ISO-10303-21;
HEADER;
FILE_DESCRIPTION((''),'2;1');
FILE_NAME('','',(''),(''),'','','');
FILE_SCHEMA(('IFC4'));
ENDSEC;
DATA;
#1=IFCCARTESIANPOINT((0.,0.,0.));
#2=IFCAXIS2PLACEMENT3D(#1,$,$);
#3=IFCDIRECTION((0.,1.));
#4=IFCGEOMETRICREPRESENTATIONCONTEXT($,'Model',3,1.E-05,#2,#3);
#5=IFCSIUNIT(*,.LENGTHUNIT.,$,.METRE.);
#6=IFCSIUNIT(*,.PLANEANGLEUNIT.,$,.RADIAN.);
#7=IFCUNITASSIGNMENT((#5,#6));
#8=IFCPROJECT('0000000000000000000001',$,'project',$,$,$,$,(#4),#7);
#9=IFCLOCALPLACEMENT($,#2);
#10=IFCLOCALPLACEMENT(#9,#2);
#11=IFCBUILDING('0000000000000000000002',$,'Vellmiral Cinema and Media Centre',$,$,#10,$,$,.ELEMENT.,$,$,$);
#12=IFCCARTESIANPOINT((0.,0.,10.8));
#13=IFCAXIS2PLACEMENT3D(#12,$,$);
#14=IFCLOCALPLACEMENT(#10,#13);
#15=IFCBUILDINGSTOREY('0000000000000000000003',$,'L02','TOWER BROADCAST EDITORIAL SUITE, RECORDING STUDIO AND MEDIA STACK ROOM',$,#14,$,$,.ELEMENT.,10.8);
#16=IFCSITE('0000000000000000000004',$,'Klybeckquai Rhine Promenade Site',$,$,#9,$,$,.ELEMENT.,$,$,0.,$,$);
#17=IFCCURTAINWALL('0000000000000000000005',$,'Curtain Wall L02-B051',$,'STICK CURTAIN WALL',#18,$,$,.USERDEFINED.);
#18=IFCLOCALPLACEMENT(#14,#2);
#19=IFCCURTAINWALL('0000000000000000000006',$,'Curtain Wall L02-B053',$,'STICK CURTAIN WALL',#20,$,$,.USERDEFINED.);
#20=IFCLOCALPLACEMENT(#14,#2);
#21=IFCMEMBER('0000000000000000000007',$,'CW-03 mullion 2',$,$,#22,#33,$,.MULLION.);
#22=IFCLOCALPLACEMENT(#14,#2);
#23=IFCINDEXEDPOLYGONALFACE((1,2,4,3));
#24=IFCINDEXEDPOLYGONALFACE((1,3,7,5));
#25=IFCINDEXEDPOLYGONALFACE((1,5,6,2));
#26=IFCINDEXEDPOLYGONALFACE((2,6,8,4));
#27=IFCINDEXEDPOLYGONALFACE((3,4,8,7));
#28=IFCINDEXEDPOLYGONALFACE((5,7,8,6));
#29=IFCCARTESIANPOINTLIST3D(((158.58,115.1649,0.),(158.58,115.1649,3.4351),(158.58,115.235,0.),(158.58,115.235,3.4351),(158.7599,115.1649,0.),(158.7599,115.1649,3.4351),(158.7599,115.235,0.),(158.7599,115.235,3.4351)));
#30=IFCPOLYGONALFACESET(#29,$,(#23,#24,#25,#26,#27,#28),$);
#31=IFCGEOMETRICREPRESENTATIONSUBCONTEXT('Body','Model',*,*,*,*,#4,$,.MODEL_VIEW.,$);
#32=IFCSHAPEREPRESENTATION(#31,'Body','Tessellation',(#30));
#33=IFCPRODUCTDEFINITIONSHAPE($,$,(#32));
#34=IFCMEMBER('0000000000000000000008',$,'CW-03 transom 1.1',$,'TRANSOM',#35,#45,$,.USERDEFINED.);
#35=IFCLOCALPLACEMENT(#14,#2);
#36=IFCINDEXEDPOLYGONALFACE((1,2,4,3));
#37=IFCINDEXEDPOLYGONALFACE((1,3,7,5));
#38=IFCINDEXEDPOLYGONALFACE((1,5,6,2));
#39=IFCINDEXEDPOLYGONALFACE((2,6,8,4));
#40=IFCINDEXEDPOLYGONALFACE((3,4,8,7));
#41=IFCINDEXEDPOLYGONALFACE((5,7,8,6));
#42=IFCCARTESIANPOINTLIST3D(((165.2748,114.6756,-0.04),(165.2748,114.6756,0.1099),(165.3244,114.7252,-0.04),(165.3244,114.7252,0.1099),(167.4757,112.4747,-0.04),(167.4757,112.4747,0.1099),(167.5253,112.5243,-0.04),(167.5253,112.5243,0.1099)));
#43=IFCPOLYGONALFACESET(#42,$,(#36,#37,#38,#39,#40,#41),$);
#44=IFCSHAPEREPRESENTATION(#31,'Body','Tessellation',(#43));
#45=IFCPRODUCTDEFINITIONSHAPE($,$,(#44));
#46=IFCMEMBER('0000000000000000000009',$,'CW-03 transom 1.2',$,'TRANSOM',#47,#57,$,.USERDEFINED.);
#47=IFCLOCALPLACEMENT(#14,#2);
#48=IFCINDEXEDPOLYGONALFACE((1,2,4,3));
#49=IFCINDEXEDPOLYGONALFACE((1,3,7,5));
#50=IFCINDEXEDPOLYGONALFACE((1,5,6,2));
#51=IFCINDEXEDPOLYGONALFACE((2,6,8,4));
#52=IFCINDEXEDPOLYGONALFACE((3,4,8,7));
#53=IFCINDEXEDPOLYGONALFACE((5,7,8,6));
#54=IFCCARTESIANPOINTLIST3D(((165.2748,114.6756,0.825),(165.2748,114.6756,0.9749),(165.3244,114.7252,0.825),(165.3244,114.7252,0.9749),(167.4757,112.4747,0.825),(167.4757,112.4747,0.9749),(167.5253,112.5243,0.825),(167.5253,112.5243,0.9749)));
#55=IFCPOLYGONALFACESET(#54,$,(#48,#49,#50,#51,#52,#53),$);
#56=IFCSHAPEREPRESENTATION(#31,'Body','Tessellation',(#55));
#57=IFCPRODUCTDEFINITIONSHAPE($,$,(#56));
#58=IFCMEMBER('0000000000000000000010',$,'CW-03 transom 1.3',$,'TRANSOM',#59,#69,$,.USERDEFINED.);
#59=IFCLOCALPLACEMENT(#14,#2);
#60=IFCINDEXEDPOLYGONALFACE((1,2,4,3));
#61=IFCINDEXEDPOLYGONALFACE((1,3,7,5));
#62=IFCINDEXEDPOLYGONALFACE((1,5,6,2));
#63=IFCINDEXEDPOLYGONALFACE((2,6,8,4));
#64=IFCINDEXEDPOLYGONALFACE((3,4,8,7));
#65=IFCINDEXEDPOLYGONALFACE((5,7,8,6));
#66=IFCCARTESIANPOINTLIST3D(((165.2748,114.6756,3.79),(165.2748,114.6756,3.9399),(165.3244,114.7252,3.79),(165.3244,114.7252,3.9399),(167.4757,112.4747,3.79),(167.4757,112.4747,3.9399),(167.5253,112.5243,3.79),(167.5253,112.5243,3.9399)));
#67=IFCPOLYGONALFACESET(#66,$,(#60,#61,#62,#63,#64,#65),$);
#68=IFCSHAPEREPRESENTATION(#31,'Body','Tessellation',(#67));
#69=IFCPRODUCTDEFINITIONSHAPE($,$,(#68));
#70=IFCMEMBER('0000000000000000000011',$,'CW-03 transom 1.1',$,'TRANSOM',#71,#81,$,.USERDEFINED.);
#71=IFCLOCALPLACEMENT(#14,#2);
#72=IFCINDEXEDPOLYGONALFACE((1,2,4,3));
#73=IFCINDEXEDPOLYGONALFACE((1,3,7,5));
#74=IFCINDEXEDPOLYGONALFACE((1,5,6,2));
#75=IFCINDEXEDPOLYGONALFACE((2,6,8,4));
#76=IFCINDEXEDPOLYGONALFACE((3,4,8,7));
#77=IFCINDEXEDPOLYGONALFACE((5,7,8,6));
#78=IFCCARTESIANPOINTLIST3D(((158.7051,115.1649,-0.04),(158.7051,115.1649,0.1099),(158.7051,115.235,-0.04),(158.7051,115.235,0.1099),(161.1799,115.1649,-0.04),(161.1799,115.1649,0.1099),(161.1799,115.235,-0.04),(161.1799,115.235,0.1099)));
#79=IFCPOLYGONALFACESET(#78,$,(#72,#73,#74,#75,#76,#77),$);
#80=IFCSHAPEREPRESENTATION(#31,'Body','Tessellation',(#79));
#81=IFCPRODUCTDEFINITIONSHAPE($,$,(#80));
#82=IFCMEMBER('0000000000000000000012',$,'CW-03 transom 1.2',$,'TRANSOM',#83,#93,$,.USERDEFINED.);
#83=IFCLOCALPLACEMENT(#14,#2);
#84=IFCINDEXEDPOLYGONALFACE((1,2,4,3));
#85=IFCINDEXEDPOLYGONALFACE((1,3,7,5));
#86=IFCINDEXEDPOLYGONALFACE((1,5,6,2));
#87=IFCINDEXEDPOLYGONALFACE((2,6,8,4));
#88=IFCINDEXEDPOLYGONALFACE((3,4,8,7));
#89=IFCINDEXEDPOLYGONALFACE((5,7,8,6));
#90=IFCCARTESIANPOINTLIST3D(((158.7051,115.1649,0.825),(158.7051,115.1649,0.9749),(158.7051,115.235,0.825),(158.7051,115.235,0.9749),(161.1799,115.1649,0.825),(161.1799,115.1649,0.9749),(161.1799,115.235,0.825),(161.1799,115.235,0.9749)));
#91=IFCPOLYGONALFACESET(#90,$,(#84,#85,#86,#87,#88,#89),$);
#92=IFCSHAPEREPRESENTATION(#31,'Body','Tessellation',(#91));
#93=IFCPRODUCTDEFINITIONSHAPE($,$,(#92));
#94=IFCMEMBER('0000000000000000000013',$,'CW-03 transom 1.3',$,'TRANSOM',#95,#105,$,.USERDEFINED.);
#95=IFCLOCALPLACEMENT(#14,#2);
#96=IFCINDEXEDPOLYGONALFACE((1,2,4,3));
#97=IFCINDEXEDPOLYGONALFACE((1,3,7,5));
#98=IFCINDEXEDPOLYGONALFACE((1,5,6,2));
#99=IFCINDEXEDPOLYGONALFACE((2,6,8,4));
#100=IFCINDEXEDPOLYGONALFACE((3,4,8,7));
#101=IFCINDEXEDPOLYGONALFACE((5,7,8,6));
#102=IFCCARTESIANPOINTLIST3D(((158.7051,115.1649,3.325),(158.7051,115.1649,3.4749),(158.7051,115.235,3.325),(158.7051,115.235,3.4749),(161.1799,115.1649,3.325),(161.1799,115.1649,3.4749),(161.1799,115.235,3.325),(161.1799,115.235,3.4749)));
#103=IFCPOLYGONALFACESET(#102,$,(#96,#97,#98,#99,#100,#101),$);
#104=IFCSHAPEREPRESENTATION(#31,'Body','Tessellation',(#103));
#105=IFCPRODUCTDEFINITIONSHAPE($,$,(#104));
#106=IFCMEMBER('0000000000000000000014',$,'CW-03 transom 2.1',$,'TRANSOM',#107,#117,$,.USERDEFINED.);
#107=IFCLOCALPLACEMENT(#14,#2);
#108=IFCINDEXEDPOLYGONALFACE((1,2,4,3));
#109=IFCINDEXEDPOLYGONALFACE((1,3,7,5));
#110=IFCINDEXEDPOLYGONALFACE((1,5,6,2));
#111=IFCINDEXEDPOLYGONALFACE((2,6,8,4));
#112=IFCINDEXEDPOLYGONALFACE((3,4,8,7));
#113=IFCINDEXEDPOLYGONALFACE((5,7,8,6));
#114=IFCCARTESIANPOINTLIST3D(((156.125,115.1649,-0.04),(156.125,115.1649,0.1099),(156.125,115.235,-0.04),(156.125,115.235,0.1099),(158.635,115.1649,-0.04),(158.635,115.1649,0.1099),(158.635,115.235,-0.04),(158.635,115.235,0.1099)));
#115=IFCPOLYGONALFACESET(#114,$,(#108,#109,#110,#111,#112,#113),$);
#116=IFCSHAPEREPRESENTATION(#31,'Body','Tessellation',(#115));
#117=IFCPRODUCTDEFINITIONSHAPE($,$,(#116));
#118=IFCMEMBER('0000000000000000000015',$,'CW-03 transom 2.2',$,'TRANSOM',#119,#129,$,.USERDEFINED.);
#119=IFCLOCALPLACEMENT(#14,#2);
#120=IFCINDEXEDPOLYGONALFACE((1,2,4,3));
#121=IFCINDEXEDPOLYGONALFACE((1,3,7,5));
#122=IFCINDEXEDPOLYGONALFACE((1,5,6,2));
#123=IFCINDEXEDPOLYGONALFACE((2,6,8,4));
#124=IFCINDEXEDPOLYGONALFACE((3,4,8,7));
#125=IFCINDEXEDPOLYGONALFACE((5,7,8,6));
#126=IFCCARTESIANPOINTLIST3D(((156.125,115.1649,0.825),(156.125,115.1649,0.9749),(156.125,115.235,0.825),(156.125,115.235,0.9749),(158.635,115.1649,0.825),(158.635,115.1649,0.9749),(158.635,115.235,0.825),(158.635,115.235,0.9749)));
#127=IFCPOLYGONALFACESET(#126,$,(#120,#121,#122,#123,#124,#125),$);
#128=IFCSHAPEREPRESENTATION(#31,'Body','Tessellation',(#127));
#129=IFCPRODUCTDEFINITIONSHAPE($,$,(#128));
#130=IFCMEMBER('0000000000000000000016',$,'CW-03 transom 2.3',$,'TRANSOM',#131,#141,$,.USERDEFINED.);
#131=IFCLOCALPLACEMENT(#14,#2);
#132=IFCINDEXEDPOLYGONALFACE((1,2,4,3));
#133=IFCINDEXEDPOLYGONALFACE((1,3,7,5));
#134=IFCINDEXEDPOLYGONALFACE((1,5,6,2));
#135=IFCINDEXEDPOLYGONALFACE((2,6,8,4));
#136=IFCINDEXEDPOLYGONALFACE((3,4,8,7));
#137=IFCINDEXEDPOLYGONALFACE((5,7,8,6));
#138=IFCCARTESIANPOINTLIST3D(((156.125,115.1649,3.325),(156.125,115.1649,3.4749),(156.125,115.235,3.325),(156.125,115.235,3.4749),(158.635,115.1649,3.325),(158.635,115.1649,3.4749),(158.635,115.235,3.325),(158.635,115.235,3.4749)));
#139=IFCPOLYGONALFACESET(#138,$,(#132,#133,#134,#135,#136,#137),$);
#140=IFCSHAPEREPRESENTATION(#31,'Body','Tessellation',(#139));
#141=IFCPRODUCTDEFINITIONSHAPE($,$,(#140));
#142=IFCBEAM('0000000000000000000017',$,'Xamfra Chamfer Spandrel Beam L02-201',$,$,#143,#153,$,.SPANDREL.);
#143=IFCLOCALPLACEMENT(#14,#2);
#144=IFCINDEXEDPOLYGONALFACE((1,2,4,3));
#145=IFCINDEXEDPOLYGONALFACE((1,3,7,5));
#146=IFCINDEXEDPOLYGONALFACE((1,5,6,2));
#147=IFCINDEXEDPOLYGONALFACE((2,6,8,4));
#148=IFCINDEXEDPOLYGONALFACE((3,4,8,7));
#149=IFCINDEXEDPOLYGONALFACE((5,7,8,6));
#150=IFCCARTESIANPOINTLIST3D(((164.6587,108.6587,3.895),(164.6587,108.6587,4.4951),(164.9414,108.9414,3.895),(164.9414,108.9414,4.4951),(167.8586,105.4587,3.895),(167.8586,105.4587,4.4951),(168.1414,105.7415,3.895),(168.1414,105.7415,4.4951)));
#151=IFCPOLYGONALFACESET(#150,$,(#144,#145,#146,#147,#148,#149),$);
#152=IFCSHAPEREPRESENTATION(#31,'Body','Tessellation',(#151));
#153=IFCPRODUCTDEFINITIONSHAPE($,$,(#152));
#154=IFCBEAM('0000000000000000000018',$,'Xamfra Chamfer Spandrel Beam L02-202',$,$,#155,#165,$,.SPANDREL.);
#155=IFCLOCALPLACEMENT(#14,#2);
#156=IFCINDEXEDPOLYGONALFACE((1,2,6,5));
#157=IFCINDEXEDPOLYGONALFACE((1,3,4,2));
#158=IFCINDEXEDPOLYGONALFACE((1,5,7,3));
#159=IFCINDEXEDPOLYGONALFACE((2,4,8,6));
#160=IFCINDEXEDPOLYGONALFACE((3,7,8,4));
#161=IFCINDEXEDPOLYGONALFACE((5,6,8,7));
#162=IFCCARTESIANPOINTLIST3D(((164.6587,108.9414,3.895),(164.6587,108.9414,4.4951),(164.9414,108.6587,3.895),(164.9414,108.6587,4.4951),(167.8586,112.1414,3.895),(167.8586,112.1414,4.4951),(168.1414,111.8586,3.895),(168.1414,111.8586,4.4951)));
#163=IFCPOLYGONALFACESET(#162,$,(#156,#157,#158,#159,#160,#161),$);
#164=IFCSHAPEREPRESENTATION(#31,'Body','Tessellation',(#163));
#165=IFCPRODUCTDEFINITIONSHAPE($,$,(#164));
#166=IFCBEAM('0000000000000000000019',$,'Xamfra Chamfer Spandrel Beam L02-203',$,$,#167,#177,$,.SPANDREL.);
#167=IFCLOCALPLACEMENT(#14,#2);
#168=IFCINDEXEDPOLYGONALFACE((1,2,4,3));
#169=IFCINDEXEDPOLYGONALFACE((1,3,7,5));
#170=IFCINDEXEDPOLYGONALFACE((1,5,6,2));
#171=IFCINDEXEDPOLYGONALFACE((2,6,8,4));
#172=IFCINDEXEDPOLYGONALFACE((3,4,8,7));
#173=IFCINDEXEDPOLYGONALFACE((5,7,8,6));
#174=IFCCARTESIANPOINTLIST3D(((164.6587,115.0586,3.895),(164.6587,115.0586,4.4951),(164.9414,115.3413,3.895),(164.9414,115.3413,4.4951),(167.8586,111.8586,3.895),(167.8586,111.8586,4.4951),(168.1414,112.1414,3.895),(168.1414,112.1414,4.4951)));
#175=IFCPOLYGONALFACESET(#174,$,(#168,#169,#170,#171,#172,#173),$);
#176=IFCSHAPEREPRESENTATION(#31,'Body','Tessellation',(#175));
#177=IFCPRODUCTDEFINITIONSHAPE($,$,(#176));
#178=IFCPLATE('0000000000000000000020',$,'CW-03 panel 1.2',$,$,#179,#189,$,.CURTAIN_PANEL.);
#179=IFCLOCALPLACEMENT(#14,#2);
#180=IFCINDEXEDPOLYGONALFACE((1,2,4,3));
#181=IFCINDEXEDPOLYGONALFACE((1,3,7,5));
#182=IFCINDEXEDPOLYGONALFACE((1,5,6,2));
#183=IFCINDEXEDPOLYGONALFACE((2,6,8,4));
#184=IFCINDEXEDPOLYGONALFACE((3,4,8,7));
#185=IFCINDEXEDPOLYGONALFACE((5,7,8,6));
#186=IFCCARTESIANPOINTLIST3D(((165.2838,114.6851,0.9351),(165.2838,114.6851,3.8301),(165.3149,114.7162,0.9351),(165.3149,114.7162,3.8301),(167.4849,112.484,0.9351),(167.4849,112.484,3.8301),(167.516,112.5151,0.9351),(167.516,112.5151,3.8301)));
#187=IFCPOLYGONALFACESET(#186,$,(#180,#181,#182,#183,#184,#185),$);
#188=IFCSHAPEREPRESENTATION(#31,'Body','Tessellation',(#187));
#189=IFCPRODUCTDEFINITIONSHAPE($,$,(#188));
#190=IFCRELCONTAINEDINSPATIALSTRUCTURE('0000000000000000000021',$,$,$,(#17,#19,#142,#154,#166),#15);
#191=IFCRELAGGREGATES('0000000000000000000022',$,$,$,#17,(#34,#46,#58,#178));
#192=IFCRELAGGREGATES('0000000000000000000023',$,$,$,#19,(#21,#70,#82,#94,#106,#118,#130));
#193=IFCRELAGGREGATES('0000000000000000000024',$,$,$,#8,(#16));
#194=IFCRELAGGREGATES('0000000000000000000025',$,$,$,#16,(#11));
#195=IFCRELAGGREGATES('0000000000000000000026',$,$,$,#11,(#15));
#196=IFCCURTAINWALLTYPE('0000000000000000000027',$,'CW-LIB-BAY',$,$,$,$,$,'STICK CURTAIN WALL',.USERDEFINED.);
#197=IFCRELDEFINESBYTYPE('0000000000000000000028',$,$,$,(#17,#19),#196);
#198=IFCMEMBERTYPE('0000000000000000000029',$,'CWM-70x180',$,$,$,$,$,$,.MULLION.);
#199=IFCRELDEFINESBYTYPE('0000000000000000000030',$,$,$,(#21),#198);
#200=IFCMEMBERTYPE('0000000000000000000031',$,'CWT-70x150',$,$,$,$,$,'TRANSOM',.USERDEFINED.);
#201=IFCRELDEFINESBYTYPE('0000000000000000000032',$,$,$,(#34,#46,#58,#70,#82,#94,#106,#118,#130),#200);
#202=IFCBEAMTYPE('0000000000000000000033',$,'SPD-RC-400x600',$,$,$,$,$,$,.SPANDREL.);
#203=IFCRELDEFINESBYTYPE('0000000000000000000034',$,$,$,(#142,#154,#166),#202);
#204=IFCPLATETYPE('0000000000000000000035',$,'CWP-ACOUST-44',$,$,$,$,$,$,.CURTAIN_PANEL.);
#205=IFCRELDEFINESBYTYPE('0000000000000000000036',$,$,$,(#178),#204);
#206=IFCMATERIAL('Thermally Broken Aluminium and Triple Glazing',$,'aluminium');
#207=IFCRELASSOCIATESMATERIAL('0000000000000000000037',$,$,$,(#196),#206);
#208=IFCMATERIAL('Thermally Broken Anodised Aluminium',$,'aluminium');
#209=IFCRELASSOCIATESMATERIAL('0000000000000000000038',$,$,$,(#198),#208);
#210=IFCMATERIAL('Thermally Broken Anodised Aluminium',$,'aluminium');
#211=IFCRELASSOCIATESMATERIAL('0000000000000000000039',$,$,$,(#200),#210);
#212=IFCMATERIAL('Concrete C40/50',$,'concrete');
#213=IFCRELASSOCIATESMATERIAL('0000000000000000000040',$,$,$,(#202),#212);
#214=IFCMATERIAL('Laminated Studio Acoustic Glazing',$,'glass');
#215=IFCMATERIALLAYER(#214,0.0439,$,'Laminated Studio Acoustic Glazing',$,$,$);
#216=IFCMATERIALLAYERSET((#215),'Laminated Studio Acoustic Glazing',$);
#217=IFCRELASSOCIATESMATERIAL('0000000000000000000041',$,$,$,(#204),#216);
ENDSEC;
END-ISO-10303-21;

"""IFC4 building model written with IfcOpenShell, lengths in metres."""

from ifc_helpers import new_model, si_unit, direction, frame, origin, origin_2d, place, context, subcontext, project, spatial, rectangle, extrude, material, layer, layer_set, material_profile, profile_set, type_object, element, aggregate, save


model = new_model("IFC4")

# Units and contexts
model_context = context("Model", 3, precision=1e-05, world=origin(), true_north=direction((0.0, 1.0)))
body_context = subcontext(model_context, "Body", "Model", "MODEL_VIEW")
ifc_project = project(units=[si_unit("LENGTHUNIT", "METRE"), si_unit("PLANEANGLEUNIT", "RADIAN")], contexts=[model_context])

# Site, building, storey
site_placement = place(None, origin())
site = spatial("IfcSite", under=ifc_project, at=site_placement, Name="Klybeckquai Rhine Promenade Site", CompositionType="ELEMENT", RefElevation=0.0)
building_placement = place(site_placement, origin())
building = spatial("IfcBuilding", under=site, at=building_placement, Name="Vellmiral Cinema and Media Centre", CompositionType="ELEMENT")
storey_placement = place(building_placement, frame((0.0, 0.0, 10.8)))
storey = spatial("IfcBuildingStorey", under=building, at=storey_placement, Name="L02", Description="TOWER BROADCAST EDITORIAL SUITE, RECORDING STUDIO AND MEDIA STACK ROOM", CompositionType="ELEMENT", Elevation=10.8)

# Curtain walls, member
ifc_material_1 = material(Name="Thermally Broken Aluminium and Triple Glazing", Category="aluminium")
curtain_wall_type = type_object("IfcCurtainWallType", Name="CW-LIB-BAY", ElementType="STICK CURTAIN WALL", PredefinedType="USERDEFINED", material=ifc_material_1)
curtain_wall_1_placement = place(storey_placement, origin())
curtain_wall_1 = element("IfcCurtainWall", 1, at=curtain_wall_1_placement, inside=storey, type_object=curtain_wall_type, Name="Curtain Wall L02-B051", ObjectType="STICK CURTAIN WALL", PredefinedType="USERDEFINED")
ifc_material_2 = material(Name="Thermally Broken Anodised Aluminium", Category="aluminium")
ifc_material_profile_1 = material_profile(ifc_material_2, rectangle(XDim=0.0701, YDim=0.1799, at=origin_2d()), Name="MULL 70x180")
ifc_profile_set_1 = profile_set([ifc_material_profile_1], Name="Thermally Broken Anodised Aluminium")
member_type_1 = type_object("IfcMemberType", Name="CWM-70x180", PredefinedType="MULLION", material=ifc_profile_set_1)
curtain_wall_2_placement = place(storey_placement, origin())
curtain_wall_2 = element("IfcCurtainWall", 2, at=curtain_wall_2_placement, inside=storey, type_object=curtain_wall_type, Name="Curtain Wall L02-B053", ObjectType="STICK CURTAIN WALL", PredefinedType="USERDEFINED")
member_1_placement = place(storey_placement, frame((158.6699, 115.2, 0.0), z_axis=(0.0, 0.0, 1.0), x_axis=(0.0, -1.0, 0.0)))
member_1 = element("IfcMember", 3, at=member_1_placement, type_object=member_type_1, Name="CW-03 mullion 2", PredefinedType="MULLION", context=body_context, shape_type="SweptSolid", body=[
    extrude(rectangle(XDim=0.0701, YDim=0.1799, at=origin_2d()), origin(), (0.0, 0.0, 1.0), 3.4351),
])

# Members
ifc_material_3 = material(Name="Thermally Broken Anodised Aluminium", Category="aluminium")
ifc_material_profile_2 = material_profile(ifc_material_3, rectangle(XDim=0.0701, YDim=0.1499, at=origin_2d()), Name="MULL 70x150")
ifc_profile_set_2 = profile_set([ifc_material_profile_2], Name="Thermally Broken Anodised Aluminium")
member_type_2 = type_object("IfcMemberType", Name="CWT-70x150", ElementType="TRANSOM", PredefinedType="USERDEFINED", material=ifc_profile_set_2)
member_2_placement = place(storey_placement, frame((167.5005, 112.4995, 0.0349), z_axis=(-0.707107, 0.707107, 0.0), x_axis=(-0.707107, -0.707107, 0.0)))
member_2 = element("IfcMember", 4, at=member_2_placement, type_object=member_type_2, Name="CW-03 transom 1.1", ObjectType="TRANSOM", PredefinedType="USERDEFINED", context=body_context, shape_type="SweptSolid", body=[
    extrude(rectangle(XDim=0.0701, YDim=0.1499, at=origin_2d()), origin(), (0.0, 0.0, 1.0), 3.1125),
])
member_3_placement = place(storey_placement, frame((167.5005, 112.4995, 0.8999), z_axis=(-0.707107, 0.707107, 0.0), x_axis=(-0.707107, -0.707107, 0.0)))
member_3 = element("IfcMember", 5, at=member_3_placement, type_object=member_type_2, Name="CW-03 transom 1.2", ObjectType="TRANSOM", PredefinedType="USERDEFINED", context=body_context, shape_type="SweptSolid", body=[
    extrude(rectangle(XDim=0.0701, YDim=0.1499, at=origin_2d()), origin(), (0.0, 0.0, 1.0), 3.1125),
])
member_4_placement = place(storey_placement, frame((167.5005, 112.4995, 3.865), z_axis=(-0.707107, 0.707107, 0.0), x_axis=(-0.707107, -0.707107, 0.0)))
member_4 = element("IfcMember", 6, at=member_4_placement, type_object=member_type_2, Name="CW-03 transom 1.3", ObjectType="TRANSOM", PredefinedType="USERDEFINED", context=body_context, shape_type="SweptSolid", body=[
    extrude(rectangle(XDim=0.0701, YDim=0.1499, at=origin_2d()), origin(), (0.0, 0.0, 1.0), 3.1125),
])
member_5_placement = place(storey_placement, frame((161.1799, 115.2, 0.0349), z_axis=(-1.0, 0.0, 0.0), x_axis=(0.0, -1.0, 0.0)))
member_5 = element("IfcMember", 7, at=member_5_placement, type_object=member_type_2, Name="CW-03 transom 1.1", ObjectType="TRANSOM", PredefinedType="USERDEFINED", context=body_context, shape_type="SweptSolid", body=[
    extrude(rectangle(XDim=0.0701, YDim=0.1499, at=origin_2d()), origin(), (0.0, 0.0, 1.0), 2.4749),
])
member_6_placement = place(storey_placement, frame((161.1799, 115.2, 0.8999), z_axis=(-1.0, 0.0, 0.0), x_axis=(0.0, -1.0, 0.0)))
member_6 = element("IfcMember", 8, at=member_6_placement, type_object=member_type_2, Name="CW-03 transom 1.2", ObjectType="TRANSOM", PredefinedType="USERDEFINED", context=body_context, shape_type="SweptSolid", body=[
    extrude(rectangle(XDim=0.0701, YDim=0.1499, at=origin_2d()), origin(), (0.0, 0.0, 1.0), 2.4749),
])
member_7_placement = place(storey_placement, frame((161.1799, 115.2, 3.3999), z_axis=(-1.0, 0.0, 0.0), x_axis=(0.0, -1.0, 0.0)))
member_7 = element("IfcMember", 9, at=member_7_placement, type_object=member_type_2, Name="CW-03 transom 1.3", ObjectType="TRANSOM", PredefinedType="USERDEFINED", context=body_context, shape_type="SweptSolid", body=[
    extrude(rectangle(XDim=0.0701, YDim=0.1499, at=origin_2d()), origin(), (0.0, 0.0, 1.0), 2.4749),
])
member_8_placement = place(storey_placement, frame((158.635, 115.2, 0.0349), z_axis=(-1.0, 0.0, 0.0), x_axis=(0.0, -1.0, 0.0)))
member_8 = element("IfcMember", 10, at=member_8_placement, type_object=member_type_2, Name="CW-03 transom 2.1", ObjectType="TRANSOM", PredefinedType="USERDEFINED", context=body_context, shape_type="SweptSolid", body=[
    extrude(rectangle(XDim=0.0701, YDim=0.1499, at=origin_2d()), origin(), (0.0, 0.0, 1.0), 2.51),
])
member_9_placement = place(storey_placement, frame((158.635, 115.2, 0.8999), z_axis=(-1.0, 0.0, 0.0), x_axis=(0.0, -1.0, 0.0)))
member_9 = element("IfcMember", 11, at=member_9_placement, type_object=member_type_2, Name="CW-03 transom 2.2", ObjectType="TRANSOM", PredefinedType="USERDEFINED", context=body_context, shape_type="SweptSolid", body=[
    extrude(rectangle(XDim=0.0701, YDim=0.1499, at=origin_2d()), origin(), (0.0, 0.0, 1.0), 2.51),
])
member_10_placement = place(storey_placement, frame((158.635, 115.2, 3.3999), z_axis=(-1.0, 0.0, 0.0), x_axis=(0.0, -1.0, 0.0)))
member_10 = element("IfcMember", 12, at=member_10_placement, type_object=member_type_2, Name="CW-03 transom 2.3", ObjectType="TRANSOM", PredefinedType="USERDEFINED", context=body_context, shape_type="SweptSolid", body=[
    extrude(rectangle(XDim=0.0701, YDim=0.1499, at=origin_2d()), origin(), (0.0, 0.0, 1.0), 2.51),
])

# Beams
ifc_material_4 = material(Name="Concrete C40/50", Category="concrete")
ifc_material_profile_3 = material_profile(ifc_material_4, rectangle(XDim=0.3999, YDim=0.6001, at=origin_2d()), Name="RC 400x600")
ifc_profile_set_3 = profile_set([ifc_material_profile_3], Name="Concrete C40/50")
beam_type = type_object("IfcBeamType", Name="SPD-RC-400x600", PredefinedType="SPANDREL", material=ifc_profile_set_3)
for number, where, z_axis, x_axis, name in (
    (13, (164.8, 108.8, 4.1951), (0.707107, -0.707107, 0.0), (0.707107, 0.707107, 0.0), "Xamfra Chamfer Spandrel Beam L02-201"),
    (14, (164.8, 108.8, 4.1951), (0.707107, 0.707107, 0.0), (-0.707107, 0.707107, 0.0), "Xamfra Chamfer Spandrel Beam L02-202"),
    (15, (164.8, 115.2, 4.1951), (0.707107, -0.707107, 0.0), (0.707107, 0.707107, 0.0), "Xamfra Chamfer Spandrel Beam L02-203"),
):
    element("IfcBeam", number, at=place(storey_placement, frame(where, z_axis=z_axis, x_axis=x_axis)), inside=storey, type_object=beam_type, Name=name, PredefinedType="SPANDREL", context=body_context, shape_type="SweptSolid", body=[
        extrude(rectangle(XDim=0.3999, YDim=0.6001, at=origin_2d()), origin(), (0.0, 0.0, 1.0), 4.5254),
    ])

# Plate
ifc_material_5 = material(Name="Laminated Studio Acoustic Glazing", Category="glass")
ifc_layer_1 = layer(ifc_material_5, 0.0439, Name="Laminated Studio Acoustic Glazing")
ifc_layer_set_1 = layer_set([ifc_layer_1], Name="Laminated Studio Acoustic Glazing")
plate_type_1 = type_object("IfcPlateType", Name="CWP-ACOUST-44", PredefinedType="CURTAIN_PANEL", material=ifc_layer_set_1)
plate_1_placement = place(storey_placement, frame((166.3999, 113.6001, 0.9351), z_axis=(0.0, 0.0, 1.0), x_axis=(-0.707107, 0.707107, 0.0)))
plate_1 = element("IfcPlate", 16, at=plate_1_placement, type_object=plate_type_1, Name="CW-03 panel 1.2", PredefinedType="CURTAIN_PANEL", context=body_context, shape_type="SweptSolid", body=[
    extrude(rectangle(XDim=3.1128, YDim=0.0439, at=origin_2d()), origin(), (0.0, 0.0, 1.0), 2.895),
])
aggregate(curtain_wall_1, [member_2, member_3, member_4, plate_1])
aggregate(curtain_wall_2, [member_1, member_5, member_6, member_7, member_8, member_9, member_10])

save(model, "model.ifc")
